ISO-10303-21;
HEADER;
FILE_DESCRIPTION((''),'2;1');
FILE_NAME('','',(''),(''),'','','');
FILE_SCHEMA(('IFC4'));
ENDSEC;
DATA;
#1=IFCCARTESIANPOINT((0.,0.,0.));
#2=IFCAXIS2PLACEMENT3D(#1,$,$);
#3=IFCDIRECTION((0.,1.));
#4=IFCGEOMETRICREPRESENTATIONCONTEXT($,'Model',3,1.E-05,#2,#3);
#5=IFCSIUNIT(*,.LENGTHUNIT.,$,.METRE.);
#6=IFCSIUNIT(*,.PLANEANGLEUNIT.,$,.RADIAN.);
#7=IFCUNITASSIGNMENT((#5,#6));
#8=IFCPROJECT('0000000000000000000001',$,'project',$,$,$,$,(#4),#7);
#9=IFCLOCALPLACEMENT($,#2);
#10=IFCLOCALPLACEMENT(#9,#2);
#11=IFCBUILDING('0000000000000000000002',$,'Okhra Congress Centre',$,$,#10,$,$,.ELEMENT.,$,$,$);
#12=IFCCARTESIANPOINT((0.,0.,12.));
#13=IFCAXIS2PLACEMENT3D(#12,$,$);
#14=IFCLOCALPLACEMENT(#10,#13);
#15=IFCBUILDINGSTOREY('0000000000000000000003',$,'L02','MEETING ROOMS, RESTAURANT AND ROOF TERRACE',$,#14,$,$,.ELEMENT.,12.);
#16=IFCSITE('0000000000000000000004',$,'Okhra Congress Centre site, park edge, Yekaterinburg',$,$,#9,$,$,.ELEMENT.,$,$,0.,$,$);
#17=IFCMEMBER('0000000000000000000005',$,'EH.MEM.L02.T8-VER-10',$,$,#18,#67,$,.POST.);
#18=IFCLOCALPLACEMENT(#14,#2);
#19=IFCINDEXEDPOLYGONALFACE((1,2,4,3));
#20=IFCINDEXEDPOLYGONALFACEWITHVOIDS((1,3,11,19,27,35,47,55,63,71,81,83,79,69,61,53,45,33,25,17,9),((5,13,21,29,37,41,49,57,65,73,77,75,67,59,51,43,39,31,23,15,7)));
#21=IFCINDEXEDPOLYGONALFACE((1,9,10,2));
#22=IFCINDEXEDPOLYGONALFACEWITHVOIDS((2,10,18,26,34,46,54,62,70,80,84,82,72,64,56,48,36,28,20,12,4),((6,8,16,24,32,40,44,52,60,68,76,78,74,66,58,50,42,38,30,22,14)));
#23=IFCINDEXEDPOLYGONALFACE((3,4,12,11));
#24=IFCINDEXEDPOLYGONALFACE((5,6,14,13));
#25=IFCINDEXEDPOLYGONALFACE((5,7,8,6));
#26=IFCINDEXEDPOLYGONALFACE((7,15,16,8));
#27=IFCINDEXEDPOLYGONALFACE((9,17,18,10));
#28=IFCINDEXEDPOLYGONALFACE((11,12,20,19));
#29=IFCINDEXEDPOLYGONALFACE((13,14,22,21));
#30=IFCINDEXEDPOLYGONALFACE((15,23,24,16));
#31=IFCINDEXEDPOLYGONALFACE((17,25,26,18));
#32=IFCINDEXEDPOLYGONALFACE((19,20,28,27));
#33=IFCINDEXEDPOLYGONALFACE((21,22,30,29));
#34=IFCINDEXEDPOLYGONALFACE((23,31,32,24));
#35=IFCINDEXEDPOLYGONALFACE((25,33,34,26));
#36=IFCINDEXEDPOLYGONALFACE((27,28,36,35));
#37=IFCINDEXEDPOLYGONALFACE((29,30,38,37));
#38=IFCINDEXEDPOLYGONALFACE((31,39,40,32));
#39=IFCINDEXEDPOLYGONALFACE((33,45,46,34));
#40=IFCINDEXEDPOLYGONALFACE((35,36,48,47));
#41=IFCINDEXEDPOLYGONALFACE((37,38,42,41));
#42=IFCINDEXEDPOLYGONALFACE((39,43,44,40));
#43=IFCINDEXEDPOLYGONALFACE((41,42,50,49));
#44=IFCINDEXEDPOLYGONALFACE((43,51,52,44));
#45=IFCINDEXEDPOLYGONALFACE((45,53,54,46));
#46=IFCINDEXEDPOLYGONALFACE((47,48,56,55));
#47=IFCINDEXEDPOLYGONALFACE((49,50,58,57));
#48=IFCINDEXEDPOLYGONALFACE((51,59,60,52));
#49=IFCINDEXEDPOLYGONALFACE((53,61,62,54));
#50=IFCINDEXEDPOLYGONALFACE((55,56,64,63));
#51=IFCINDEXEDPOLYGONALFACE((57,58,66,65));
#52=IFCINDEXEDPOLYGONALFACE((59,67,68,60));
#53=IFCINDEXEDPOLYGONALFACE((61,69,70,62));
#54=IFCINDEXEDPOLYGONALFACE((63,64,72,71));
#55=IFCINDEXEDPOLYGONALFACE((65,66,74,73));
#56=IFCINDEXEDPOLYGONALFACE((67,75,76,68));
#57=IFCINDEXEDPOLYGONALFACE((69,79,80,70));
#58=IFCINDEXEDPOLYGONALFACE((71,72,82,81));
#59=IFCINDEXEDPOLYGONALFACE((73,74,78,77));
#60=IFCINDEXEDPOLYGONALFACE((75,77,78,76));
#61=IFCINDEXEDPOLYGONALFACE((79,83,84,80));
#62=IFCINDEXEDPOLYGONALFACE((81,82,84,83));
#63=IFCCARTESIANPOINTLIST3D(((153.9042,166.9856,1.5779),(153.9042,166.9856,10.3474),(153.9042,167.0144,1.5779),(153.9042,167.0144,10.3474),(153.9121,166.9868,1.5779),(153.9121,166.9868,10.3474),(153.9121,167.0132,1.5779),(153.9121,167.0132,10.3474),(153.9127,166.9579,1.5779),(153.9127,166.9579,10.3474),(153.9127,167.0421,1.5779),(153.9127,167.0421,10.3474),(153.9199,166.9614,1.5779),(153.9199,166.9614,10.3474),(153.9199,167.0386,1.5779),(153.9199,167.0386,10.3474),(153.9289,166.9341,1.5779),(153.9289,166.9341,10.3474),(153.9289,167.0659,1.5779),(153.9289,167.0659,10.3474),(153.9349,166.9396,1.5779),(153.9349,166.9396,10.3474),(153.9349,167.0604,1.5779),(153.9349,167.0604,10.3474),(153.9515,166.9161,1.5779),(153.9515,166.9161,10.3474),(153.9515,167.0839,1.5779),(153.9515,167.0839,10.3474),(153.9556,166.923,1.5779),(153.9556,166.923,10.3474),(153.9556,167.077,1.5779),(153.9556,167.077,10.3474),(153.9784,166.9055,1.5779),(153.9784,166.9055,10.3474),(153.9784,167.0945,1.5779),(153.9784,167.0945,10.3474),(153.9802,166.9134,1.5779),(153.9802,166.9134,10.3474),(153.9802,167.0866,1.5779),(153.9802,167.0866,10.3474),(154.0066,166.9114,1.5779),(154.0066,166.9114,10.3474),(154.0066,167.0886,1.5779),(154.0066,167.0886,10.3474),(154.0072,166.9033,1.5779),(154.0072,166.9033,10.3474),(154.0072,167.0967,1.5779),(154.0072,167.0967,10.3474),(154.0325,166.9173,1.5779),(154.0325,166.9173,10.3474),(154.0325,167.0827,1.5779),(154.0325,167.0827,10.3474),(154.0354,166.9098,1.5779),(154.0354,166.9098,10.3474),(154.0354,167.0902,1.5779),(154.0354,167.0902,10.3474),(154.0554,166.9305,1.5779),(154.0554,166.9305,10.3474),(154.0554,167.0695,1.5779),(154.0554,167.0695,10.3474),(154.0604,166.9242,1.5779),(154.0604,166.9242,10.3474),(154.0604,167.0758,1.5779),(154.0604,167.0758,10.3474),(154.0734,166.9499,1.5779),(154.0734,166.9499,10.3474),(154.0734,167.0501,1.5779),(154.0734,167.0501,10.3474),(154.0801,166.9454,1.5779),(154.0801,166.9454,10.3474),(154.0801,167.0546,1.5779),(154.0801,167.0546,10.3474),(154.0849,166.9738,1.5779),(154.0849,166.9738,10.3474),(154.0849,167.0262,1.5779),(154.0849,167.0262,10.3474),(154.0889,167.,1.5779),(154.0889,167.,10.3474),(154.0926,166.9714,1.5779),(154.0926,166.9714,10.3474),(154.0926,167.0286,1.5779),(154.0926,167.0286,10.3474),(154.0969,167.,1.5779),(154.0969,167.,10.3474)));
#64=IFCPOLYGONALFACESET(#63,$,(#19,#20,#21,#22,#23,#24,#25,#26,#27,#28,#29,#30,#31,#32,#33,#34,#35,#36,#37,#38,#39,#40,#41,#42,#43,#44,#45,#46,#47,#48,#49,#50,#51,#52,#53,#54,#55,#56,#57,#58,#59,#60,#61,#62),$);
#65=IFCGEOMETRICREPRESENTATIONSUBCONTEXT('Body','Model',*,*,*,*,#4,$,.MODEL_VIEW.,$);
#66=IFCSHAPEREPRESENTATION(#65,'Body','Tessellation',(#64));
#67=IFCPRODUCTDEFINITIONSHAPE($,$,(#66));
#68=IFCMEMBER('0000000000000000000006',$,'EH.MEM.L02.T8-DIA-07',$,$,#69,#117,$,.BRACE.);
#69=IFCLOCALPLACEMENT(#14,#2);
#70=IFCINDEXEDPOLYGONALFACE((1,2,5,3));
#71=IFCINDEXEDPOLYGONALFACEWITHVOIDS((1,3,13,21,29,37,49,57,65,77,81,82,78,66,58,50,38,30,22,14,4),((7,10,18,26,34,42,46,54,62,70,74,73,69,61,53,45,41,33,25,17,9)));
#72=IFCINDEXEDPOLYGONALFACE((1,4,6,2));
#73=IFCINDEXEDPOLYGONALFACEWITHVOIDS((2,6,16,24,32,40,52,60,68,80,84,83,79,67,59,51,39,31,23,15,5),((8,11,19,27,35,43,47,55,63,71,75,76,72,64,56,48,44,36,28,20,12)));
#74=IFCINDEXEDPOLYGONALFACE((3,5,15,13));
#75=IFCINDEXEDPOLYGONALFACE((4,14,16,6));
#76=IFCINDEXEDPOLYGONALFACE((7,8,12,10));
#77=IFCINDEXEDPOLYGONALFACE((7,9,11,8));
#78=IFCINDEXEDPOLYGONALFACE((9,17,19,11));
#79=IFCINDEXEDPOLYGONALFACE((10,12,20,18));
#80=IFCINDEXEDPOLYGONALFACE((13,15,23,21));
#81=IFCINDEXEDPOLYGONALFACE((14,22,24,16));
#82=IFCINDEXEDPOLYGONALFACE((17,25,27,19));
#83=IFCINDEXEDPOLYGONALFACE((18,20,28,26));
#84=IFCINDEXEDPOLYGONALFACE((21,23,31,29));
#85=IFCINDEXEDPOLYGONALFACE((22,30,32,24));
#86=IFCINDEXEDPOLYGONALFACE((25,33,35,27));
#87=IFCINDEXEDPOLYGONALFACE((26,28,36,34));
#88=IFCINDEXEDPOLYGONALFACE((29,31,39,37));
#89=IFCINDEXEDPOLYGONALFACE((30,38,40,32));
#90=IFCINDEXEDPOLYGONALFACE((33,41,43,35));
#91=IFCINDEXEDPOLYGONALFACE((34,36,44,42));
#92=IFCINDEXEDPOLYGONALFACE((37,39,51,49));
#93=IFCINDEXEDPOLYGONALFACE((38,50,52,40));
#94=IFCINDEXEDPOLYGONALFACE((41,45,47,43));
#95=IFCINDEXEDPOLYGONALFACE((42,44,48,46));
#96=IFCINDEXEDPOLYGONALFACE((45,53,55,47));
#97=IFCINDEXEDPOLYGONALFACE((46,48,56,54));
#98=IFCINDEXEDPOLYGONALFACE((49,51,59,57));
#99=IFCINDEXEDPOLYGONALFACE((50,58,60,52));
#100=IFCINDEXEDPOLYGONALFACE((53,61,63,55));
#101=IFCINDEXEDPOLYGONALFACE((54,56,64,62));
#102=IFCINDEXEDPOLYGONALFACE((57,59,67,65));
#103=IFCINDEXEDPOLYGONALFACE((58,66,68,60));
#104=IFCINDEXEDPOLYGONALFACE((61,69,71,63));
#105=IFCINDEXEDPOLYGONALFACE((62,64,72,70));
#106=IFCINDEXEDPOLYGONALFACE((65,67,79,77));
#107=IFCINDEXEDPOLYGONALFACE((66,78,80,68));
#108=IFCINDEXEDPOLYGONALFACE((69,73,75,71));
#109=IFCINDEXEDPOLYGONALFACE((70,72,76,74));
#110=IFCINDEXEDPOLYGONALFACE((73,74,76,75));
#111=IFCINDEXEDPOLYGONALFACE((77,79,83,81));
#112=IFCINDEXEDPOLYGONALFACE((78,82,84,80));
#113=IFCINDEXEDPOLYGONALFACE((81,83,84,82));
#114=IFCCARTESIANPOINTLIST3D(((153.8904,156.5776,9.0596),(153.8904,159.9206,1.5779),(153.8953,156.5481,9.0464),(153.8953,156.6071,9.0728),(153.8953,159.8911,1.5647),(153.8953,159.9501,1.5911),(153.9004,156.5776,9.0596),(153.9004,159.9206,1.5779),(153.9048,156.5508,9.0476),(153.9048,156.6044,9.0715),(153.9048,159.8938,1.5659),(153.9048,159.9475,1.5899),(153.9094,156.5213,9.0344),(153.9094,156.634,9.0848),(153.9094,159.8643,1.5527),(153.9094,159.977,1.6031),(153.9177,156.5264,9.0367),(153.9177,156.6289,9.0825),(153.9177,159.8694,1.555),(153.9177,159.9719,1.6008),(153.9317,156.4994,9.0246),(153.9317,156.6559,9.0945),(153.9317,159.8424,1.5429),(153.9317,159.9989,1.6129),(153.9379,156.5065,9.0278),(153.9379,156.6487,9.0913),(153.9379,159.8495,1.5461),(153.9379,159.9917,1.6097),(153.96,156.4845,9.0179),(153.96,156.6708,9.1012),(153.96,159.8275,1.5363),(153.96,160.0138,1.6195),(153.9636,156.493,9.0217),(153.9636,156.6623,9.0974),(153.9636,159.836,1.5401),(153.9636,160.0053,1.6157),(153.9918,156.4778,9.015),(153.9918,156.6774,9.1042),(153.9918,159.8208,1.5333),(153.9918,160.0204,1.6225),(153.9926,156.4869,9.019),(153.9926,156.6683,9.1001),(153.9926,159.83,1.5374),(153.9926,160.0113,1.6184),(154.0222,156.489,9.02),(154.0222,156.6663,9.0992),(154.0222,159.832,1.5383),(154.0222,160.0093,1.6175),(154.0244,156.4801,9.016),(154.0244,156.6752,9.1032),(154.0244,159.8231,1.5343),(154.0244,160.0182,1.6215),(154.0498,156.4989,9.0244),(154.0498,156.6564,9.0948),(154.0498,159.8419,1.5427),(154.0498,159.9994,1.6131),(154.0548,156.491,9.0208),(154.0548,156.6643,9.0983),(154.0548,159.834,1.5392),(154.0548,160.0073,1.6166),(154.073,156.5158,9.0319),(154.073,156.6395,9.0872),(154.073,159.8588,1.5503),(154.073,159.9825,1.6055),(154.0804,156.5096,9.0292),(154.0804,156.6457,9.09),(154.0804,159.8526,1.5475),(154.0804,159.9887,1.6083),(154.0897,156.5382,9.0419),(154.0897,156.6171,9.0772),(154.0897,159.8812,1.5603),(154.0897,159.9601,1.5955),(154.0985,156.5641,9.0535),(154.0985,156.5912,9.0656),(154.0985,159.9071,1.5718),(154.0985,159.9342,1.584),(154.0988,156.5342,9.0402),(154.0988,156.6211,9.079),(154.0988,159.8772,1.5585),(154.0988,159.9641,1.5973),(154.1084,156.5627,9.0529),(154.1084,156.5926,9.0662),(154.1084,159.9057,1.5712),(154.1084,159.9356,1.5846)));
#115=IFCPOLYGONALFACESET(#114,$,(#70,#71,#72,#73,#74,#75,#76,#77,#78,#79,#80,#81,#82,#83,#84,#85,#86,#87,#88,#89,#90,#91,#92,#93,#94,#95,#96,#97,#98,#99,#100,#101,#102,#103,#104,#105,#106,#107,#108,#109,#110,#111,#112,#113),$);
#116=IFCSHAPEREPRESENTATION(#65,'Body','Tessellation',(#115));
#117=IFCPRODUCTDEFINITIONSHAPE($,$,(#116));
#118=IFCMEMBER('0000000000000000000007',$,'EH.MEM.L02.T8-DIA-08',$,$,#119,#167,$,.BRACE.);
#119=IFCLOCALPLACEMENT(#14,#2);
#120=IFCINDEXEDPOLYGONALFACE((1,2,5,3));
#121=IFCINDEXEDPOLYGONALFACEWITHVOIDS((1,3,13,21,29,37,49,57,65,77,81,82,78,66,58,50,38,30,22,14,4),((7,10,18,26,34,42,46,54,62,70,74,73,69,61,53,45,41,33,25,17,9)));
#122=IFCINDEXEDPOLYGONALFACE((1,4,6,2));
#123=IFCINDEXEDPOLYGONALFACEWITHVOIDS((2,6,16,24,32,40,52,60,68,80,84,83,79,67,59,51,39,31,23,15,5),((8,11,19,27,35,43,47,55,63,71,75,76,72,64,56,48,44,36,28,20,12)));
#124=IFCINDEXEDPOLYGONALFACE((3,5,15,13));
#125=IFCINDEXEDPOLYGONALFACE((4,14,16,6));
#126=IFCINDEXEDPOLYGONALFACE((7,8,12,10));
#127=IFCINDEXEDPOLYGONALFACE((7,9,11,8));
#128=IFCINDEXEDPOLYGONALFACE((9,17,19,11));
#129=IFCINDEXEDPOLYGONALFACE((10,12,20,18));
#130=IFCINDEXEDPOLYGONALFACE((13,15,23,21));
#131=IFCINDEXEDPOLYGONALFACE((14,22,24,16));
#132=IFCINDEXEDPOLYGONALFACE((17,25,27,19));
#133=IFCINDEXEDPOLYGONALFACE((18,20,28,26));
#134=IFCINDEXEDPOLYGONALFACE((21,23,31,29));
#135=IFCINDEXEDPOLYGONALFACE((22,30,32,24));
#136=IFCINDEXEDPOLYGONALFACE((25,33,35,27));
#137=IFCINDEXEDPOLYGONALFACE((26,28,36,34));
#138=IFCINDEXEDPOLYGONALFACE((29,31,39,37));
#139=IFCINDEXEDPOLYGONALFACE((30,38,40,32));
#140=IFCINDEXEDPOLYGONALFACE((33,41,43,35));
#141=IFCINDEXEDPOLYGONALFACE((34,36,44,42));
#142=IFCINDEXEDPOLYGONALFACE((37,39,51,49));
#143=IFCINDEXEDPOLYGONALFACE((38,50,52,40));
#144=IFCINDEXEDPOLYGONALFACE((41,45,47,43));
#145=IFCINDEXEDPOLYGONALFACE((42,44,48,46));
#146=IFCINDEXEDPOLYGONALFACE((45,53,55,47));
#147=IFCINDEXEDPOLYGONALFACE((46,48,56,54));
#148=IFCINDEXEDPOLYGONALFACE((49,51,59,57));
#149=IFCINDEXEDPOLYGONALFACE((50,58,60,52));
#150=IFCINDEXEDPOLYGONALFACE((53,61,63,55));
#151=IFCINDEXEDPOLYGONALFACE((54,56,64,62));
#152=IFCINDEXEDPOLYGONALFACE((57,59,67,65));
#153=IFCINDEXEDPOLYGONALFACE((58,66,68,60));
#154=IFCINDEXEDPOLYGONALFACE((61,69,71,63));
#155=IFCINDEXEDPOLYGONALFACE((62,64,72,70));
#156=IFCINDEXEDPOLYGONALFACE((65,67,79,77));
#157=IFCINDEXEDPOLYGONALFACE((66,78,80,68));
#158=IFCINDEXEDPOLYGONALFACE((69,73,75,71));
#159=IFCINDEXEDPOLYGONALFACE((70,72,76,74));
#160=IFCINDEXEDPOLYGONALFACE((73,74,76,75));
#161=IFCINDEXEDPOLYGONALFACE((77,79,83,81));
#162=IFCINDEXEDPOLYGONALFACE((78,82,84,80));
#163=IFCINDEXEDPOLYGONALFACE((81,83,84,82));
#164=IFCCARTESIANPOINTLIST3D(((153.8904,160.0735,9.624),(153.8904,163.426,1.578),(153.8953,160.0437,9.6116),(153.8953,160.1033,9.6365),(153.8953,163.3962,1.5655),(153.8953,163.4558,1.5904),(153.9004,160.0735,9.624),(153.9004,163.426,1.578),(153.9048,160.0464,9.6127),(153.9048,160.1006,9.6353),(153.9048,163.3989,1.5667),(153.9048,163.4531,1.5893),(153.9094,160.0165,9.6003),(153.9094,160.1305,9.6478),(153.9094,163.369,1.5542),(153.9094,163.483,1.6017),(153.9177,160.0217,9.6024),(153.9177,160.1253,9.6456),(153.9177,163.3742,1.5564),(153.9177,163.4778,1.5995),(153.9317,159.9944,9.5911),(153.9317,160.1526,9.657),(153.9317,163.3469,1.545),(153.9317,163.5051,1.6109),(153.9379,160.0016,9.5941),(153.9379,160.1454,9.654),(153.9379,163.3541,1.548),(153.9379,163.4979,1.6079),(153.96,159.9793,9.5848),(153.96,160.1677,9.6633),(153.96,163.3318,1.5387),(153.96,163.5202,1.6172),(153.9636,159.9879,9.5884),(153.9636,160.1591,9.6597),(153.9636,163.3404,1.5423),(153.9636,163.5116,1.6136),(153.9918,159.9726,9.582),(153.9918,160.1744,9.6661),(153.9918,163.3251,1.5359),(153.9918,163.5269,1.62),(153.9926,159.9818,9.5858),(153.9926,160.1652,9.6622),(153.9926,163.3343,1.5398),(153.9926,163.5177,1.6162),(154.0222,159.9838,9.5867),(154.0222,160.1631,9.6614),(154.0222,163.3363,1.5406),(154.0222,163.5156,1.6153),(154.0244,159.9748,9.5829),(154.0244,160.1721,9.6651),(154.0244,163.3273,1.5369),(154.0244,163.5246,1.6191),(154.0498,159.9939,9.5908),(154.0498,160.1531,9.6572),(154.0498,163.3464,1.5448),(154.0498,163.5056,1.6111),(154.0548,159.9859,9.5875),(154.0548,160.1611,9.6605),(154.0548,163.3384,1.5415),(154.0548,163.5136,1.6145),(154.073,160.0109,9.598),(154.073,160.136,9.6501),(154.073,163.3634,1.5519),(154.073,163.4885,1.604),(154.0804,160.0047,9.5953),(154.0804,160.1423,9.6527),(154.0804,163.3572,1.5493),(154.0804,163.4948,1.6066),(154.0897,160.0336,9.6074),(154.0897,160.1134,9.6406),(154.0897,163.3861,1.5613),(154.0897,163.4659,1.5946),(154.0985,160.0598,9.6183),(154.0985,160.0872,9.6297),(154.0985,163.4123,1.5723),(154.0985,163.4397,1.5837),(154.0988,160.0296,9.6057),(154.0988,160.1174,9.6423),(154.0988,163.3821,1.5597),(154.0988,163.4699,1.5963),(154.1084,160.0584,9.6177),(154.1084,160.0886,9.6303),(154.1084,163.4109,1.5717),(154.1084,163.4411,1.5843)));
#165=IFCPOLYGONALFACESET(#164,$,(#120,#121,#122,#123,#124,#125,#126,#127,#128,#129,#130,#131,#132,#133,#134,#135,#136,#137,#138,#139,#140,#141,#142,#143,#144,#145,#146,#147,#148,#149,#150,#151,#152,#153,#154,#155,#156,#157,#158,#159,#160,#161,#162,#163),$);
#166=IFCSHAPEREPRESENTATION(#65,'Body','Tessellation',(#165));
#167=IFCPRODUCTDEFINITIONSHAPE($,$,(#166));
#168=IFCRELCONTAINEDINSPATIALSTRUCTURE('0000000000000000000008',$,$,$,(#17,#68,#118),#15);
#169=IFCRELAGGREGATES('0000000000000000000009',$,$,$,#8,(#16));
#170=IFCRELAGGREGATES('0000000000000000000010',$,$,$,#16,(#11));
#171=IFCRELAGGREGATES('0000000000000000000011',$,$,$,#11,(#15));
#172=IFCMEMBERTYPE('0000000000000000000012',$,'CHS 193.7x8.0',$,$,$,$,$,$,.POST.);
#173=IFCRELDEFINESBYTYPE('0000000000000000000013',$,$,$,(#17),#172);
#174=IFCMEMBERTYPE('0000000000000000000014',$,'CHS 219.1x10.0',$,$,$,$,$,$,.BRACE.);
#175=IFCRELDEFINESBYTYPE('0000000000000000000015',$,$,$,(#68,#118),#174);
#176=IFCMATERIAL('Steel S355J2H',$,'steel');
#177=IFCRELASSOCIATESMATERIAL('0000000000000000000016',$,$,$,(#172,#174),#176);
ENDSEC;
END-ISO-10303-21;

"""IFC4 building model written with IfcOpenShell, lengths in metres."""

from ifc_helpers import new_model, si_unit, direction, frame, origin, origin_2d, place, context, subcontext, project, spatial, hollow_circle, extrude, material, material_profile, profile_set, type_object, element, save


model = new_model("IFC4")

# Units and contexts
model_context = context("Model", 3, precision=1e-05, world=origin(), true_north=direction((0.0, 1.0)))
body_context = subcontext(model_context, "Body", "Model", "MODEL_VIEW")
ifc_project = project(units=[si_unit("LENGTHUNIT", "METRE"), si_unit("PLANEANGLEUNIT", "RADIAN")], contexts=[model_context])

# Site, building, storey
site_placement = place(None, origin())
site = spatial("IfcSite", under=ifc_project, at=site_placement, Name="Okhra Congress Centre site, park edge, Yekaterinburg", CompositionType="ELEMENT", RefElevation=0.0)
building_placement = place(site_placement, origin())
building = spatial("IfcBuilding", under=site, at=building_placement, Name="Okhra Congress Centre", CompositionType="ELEMENT")
storey_placement = place(building_placement, frame((0.0, 0.0, 12.0)))
storey = spatial("IfcBuildingStorey", under=building, at=storey_placement, Name="L02", Description="MEETING ROOMS, RESTAURANT AND ROOF TERRACE", CompositionType="ELEMENT", Elevation=12.0)

# Members
ifc_material_1 = material(Name="Steel S355J2H", Category="steel")
ifc_material_profile_1 = material_profile(ifc_material_1, hollow_circle(Radius=0.0969, WallThickness=0.0081, at=origin_2d()), Name="CHS 193.7x8.0")
ifc_profile_set_1 = profile_set([ifc_material_profile_1], Name="Steel S355J2H")
member_type_1 = type_object("IfcMemberType", Name="CHS 193.7x8.0", PredefinedType="POST", material=ifc_profile_set_1)
member_1_placement = place(storey_placement, frame((154.0, 167.0, 1.5779), z_axis=(0.0, 0.0, 1.0), x_axis=(1.0, 0.0, 0.0)))
element("IfcMember", 1, at=member_1_placement, inside=storey, type_object=member_type_1, Name="EH.MEM.L02.T8-VER-10", PredefinedType="POST", context=body_context, shape_type="SweptSolid", body=[
    extrude(hollow_circle(Radius=0.0969, WallThickness=0.0081, at=origin_2d()), origin(), (0.0, 0.0, 1.0), 8.7695),
])
ifc_material_profile_2 = material_profile(ifc_material_1, hollow_circle(Radius=0.1096, WallThickness=0.01, at=origin_2d()), Name="CHS 219.1x10.0")
ifc_profile_set_2 = profile_set([ifc_material_profile_2], Name="Steel S355J2H")
member_type_2 = type_object("IfcMemberType", Name="CHS 219.1x10.0", PredefinedType="BRACE", material=ifc_profile_set_2)
member_2_placement = place(storey_placement, frame((154.0, 156.5776, 9.0596), z_axis=(0.0, 0.407954, -0.913003), x_axis=(-1.0, 0.0, 0.0)))
element("IfcMember", 2, at=member_2_placement, inside=storey, type_object=member_type_2, Name="EH.MEM.L02.T8-DIA-07", PredefinedType="BRACE", context=body_context, shape_type="SweptSolid", body=[
    extrude(hollow_circle(Radius=0.1096, WallThickness=0.01, at=origin_2d()), origin(), (0.0, 0.0, 1.0), 8.1946),
])
member_3_placement = place(storey_placement, frame((154.0, 160.0735, 9.624), z_axis=(0.0, 0.384613, -0.923078), x_axis=(-1.0, 0.0, 0.0)))
element("IfcMember", 3, at=member_3_placement, inside=storey, type_object=member_type_2, Name="EH.MEM.L02.T8-DIA-08", PredefinedType="BRACE", context=body_context, shape_type="SweptSolid", body=[
    extrude(hollow_circle(Radius=0.1096, WallThickness=0.01, at=origin_2d()), origin(), (0.0, 0.0, 1.0), 8.7166),
])

save(model, "model.ifc")
